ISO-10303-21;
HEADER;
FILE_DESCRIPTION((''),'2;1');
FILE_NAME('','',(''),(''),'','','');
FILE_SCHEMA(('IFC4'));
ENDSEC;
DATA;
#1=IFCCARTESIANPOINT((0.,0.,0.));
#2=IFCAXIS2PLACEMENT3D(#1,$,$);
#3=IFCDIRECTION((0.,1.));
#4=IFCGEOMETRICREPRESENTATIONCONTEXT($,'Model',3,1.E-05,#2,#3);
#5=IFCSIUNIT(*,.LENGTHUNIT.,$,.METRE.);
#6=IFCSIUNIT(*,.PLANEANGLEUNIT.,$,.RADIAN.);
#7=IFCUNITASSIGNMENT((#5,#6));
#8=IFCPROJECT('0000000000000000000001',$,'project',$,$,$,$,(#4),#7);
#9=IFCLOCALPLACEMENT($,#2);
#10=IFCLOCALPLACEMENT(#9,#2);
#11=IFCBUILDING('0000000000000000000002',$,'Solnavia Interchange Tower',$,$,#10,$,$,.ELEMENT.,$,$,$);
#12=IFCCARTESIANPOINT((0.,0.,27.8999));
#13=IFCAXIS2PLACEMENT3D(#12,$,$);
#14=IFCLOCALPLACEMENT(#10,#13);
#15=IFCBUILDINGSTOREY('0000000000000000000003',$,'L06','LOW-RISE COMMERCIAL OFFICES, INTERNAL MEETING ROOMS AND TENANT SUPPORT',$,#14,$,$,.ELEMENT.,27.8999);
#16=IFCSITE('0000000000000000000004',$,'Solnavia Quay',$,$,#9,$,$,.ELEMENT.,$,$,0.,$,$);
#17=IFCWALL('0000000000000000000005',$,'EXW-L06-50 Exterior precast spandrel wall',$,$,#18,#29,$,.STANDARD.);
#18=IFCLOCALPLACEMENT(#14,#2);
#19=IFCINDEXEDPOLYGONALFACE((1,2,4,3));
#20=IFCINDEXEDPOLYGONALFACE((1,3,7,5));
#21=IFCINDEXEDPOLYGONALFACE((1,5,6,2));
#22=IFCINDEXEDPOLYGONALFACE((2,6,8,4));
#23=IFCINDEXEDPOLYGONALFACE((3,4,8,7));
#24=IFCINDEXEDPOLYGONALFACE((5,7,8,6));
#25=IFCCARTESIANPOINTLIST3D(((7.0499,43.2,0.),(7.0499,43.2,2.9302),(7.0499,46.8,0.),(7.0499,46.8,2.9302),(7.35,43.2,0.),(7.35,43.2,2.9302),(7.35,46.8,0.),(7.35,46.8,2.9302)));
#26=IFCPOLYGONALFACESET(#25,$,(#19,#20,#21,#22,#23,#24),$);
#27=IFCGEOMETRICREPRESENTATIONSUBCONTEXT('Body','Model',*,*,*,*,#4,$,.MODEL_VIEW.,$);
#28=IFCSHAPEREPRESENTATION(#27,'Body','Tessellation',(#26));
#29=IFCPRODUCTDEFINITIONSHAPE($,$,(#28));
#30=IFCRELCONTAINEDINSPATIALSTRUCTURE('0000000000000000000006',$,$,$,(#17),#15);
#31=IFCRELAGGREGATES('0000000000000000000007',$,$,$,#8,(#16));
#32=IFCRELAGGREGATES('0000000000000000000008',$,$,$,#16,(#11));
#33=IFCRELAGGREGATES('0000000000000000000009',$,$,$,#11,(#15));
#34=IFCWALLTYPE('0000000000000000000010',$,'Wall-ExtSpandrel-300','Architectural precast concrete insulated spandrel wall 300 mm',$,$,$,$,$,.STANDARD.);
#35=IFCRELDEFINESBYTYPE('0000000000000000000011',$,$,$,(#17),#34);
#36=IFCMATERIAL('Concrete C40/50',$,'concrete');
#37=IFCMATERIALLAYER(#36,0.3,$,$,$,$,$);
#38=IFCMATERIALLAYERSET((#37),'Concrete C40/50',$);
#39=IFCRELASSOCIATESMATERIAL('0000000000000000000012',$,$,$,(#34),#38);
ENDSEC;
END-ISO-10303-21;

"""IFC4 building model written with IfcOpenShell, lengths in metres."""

from ifc_helpers import new_model, si_unit, direction, frame, frame_2d, origin, place, context, subcontext, project, spatial, rectangle, extrude, material, layer, layer_set, type_object, element, save


model = new_model("IFC4")

# Units and contexts
model_context = context("Model", 3, precision=1e-05, world=origin(), true_north=direction((0.0, 1.0)))
body_context = subcontext(model_context, "Body", "Model", "MODEL_VIEW")
ifc_project = project(units=[si_unit("LENGTHUNIT", "METRE"), si_unit("PLANEANGLEUNIT", "RADIAN")], contexts=[model_context])

# Site, building, storey
site_placement = place(None, origin())
site = spatial("IfcSite", under=ifc_project, at=site_placement, Name="Solnavia Quay", CompositionType="ELEMENT", RefElevation=0.0)
building_placement = place(site_placement, origin())
building = spatial("IfcBuilding", under=site, at=building_placement, Name="Solnavia Interchange Tower", CompositionType="ELEMENT")
storey_placement = place(building_placement, frame((0.0, 0.0, 27.8999)))
storey = spatial("IfcBuildingStorey", under=building, at=storey_placement, Name="L06", Description="LOW-RISE COMMERCIAL OFFICES, INTERNAL MEETING ROOMS AND TENANT SUPPORT", CompositionType="ELEMENT", Elevation=27.8999)

# Wall
ifc_material_1 = material(Name="Concrete C40/50", Category="concrete")
ifc_layer_1 = layer(ifc_material_1, 0.3)
ifc_layer_set_1 = layer_set([ifc_layer_1], Name="Concrete C40/50")
wall_type = type_object("IfcWallType", Name="Wall-ExtSpandrel-300", Description="Architectural precast concrete insulated spandrel wall 300 mm", PredefinedType="STANDARD", material=ifc_layer_set_1)
wall_1_placement = place(storey_placement, frame((7.2, 43.2, 0.0), z_axis=(0.0, 0.0, 1.0), x_axis=(0.0, 1.0, 0.0)))
element("IfcWall", 1, at=wall_1_placement, inside=storey, type_object=wall_type, Name="EXW-L06-50 Exterior precast spandrel wall", PredefinedType="STANDARD", context=body_context, shape_type="SweptSolid", body=[
    extrude(rectangle(XDim=3.6001, YDim=0.3, at=frame_2d((1.8, 0.0))), origin(), (0.0, 0.0, 1.0), 2.9302),
])

save(model, "model.ifc")
